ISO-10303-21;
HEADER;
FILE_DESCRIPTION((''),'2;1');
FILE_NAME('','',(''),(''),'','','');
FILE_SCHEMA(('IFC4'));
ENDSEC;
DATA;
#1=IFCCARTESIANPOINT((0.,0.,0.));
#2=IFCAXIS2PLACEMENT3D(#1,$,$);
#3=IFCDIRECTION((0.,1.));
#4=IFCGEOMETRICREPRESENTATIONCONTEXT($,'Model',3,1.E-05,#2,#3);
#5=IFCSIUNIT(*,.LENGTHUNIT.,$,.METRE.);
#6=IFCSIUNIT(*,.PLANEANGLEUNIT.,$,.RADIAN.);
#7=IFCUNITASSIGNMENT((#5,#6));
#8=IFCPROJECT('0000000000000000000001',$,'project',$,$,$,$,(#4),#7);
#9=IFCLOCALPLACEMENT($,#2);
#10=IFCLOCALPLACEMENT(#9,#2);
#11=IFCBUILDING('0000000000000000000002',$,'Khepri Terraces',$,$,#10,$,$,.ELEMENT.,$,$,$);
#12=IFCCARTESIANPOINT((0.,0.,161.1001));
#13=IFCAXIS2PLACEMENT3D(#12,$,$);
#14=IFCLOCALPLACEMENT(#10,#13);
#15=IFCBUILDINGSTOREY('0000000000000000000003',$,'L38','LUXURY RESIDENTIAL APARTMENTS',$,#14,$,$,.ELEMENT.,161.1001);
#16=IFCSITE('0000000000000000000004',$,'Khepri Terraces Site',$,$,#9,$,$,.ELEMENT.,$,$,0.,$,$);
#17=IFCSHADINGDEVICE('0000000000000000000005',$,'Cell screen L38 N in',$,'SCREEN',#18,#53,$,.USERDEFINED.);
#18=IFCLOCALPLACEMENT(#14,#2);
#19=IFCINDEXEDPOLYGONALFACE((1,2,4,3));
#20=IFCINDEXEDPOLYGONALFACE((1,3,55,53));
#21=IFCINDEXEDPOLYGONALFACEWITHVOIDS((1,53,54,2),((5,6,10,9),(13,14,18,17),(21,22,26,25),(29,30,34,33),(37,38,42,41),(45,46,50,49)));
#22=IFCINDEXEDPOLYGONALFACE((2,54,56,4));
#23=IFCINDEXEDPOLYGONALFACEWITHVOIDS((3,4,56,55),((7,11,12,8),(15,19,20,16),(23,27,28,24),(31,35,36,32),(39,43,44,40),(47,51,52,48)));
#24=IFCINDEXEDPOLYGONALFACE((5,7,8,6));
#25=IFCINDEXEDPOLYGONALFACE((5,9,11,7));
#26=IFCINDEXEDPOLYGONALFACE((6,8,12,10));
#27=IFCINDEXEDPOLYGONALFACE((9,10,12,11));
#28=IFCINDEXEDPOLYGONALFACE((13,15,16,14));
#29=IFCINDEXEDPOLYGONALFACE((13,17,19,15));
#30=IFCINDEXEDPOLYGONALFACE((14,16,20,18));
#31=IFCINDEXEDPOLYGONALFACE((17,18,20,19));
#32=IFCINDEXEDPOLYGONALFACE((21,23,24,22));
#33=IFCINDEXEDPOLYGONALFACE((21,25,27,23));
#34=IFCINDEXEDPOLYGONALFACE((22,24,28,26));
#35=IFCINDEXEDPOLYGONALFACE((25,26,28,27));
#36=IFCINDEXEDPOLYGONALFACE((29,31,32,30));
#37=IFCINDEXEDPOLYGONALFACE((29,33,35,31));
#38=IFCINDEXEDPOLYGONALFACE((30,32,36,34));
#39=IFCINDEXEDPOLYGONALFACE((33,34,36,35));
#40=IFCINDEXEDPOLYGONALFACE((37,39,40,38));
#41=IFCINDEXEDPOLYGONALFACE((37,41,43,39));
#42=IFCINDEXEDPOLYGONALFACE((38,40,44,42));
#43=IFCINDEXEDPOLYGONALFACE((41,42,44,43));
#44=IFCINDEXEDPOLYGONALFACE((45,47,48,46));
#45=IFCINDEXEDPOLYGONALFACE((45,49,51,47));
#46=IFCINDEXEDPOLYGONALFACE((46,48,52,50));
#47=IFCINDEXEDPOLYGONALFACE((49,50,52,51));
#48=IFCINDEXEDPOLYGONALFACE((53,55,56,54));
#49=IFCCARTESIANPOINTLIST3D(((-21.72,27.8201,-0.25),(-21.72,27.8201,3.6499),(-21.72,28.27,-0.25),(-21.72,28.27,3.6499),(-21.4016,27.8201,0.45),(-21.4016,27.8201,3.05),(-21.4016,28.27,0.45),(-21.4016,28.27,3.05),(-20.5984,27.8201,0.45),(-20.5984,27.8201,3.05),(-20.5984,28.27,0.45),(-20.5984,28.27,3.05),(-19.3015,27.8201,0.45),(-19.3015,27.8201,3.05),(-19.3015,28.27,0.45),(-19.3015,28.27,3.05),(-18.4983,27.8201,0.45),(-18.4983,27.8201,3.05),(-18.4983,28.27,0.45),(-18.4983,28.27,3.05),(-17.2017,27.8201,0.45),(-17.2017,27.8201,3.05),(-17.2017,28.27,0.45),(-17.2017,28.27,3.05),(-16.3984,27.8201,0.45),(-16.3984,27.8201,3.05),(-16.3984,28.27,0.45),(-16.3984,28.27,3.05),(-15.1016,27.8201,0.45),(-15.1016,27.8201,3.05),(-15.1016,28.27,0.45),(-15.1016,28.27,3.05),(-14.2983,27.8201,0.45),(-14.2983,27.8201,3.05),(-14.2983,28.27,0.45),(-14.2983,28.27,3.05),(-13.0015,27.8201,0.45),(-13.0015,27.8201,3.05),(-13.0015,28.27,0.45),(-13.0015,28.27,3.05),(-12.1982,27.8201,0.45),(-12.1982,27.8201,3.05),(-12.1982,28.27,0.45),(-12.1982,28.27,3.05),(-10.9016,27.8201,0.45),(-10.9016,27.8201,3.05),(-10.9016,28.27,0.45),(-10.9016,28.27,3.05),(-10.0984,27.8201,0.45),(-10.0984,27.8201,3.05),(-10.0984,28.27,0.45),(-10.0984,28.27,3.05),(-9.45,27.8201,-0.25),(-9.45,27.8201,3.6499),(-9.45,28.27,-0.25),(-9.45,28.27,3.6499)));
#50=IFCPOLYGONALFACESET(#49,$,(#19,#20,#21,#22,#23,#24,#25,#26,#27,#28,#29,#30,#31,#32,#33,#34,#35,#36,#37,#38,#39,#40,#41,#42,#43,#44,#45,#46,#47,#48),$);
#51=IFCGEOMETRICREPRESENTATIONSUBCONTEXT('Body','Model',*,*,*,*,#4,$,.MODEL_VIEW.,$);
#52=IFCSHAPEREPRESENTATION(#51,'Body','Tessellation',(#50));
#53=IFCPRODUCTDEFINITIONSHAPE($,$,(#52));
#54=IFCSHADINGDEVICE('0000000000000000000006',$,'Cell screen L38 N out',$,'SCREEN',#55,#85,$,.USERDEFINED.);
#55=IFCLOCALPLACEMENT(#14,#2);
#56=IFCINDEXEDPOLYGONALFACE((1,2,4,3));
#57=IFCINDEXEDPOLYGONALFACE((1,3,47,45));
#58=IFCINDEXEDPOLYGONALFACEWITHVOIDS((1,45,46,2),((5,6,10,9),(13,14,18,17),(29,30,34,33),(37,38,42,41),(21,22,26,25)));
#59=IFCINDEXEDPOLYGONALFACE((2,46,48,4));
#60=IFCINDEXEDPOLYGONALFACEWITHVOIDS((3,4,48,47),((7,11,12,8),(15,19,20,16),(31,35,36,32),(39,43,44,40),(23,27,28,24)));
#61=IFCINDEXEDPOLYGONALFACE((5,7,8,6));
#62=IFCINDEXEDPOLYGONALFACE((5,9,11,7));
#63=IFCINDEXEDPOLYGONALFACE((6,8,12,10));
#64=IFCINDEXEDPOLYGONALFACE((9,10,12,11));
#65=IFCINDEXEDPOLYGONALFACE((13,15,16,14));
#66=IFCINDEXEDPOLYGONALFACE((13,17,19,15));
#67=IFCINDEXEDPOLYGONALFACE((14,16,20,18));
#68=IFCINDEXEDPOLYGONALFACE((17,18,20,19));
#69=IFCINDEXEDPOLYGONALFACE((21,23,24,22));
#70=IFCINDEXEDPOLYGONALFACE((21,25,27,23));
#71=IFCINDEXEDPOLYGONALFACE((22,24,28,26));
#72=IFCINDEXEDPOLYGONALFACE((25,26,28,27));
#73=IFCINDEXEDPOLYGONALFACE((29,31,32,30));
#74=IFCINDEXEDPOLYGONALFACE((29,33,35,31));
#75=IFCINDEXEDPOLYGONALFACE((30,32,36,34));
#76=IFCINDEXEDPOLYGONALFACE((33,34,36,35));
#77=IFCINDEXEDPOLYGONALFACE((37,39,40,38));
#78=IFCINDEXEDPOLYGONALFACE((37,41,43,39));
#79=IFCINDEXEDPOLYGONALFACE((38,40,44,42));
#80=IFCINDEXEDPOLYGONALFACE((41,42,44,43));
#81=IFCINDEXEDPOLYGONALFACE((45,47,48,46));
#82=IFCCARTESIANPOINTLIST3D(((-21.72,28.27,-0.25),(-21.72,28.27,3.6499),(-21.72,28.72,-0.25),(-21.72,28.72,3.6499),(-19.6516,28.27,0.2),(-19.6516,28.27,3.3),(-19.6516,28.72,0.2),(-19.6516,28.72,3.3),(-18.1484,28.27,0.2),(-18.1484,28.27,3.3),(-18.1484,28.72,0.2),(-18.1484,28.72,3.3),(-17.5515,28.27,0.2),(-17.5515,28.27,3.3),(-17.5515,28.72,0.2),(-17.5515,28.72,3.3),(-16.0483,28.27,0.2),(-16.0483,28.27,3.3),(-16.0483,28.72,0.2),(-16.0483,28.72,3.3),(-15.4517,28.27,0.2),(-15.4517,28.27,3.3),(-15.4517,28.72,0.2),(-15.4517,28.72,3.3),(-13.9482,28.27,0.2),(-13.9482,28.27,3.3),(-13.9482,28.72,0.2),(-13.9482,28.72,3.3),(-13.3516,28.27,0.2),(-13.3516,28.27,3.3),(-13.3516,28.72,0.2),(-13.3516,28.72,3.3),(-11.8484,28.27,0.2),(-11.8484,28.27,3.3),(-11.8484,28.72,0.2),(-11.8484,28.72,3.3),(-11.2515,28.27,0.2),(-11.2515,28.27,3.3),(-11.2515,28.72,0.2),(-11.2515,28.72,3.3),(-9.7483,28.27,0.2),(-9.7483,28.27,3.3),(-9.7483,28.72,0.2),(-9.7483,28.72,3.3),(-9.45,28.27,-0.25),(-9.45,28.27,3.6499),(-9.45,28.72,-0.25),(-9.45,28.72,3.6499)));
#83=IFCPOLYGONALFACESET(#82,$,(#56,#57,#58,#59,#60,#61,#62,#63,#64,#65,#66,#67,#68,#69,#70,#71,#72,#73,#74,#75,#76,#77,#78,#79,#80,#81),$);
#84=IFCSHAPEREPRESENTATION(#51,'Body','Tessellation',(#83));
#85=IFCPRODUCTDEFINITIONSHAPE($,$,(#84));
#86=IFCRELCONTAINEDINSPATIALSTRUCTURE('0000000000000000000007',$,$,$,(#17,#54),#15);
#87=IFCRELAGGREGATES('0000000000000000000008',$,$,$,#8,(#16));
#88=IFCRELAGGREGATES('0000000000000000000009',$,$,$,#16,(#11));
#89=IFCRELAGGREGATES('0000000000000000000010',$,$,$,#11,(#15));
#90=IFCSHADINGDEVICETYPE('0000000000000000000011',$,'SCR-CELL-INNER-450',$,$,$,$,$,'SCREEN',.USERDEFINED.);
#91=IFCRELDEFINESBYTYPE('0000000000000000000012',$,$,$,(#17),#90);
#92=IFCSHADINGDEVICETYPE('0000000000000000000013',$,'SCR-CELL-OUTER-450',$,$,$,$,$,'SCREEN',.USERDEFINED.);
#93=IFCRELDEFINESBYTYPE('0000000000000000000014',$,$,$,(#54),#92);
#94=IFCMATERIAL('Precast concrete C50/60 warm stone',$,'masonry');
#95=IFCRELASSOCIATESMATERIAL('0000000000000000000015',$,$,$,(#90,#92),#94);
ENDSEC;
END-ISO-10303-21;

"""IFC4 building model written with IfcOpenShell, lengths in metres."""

from ifc_helpers import new_model, si_unit, direction, frame, origin, place, context, subcontext, project, spatial, polyline, outline, extrude, material, type_object, element, save


model = new_model("IFC4")

# Units and contexts
model_context = context("Model", 3, precision=1e-05, world=origin(), true_north=direction((0.0, 1.0)))
body_context = subcontext(model_context, "Body", "Model", "MODEL_VIEW")
ifc_project = project(units=[si_unit("LENGTHUNIT", "METRE"), si_unit("PLANEANGLEUNIT", "RADIAN")], contexts=[model_context])

# Site, building, storey
site_placement = place(None, origin())
site = spatial("IfcSite", under=ifc_project, at=site_placement, Name="Khepri Terraces Site", CompositionType="ELEMENT", RefElevation=0.0)
building_placement = place(site_placement, origin())
building = spatial("IfcBuilding", under=site, at=building_placement, Name="Khepri Terraces", CompositionType="ELEMENT")
storey_placement = place(building_placement, frame((0.0, 0.0, 161.1001)))
storey = spatial("IfcBuildingStorey", under=building, at=storey_placement, Name="L38", Description="LUXURY RESIDENTIAL APARTMENTS", CompositionType="ELEMENT", Elevation=161.1001)

# Shared definitions
ifc_material_1 = material(Name="Precast concrete C50/60 warm stone", Category="masonry")

# Shading devices
shading_device_type_1 = type_object("IfcShadingDeviceType", Name="SCR-CELL-INNER-450", ElementType="SCREEN", PredefinedType="USERDEFINED", material=ifc_material_1)
shading_device_1_placement = place(storey_placement, frame((-9.45, 27.8201, -0.25), z_axis=(0.0, 1.0, 0.0), x_axis=(-1.0, 0.0, 0.0)))
element("IfcShadingDevice", 1, at=shading_device_1_placement, inside=storey, type_object=shading_device_type_1, Name="Cell screen L38 N in", ObjectType="SCREEN", PredefinedType="USERDEFINED", context=body_context, shape_type="SweptSolid", body=[
    extrude(outline(polyline([(0.0, 0.0), (12.27, 0.0), (12.27, 3.8999), (0.0, 3.8999), (0.0, 0.0)]), holes=[polyline([(0.6484, 0.7), (1.4517, 0.7), (1.4517, 3.3), (0.6484, 3.3), (0.6484, 0.7)]), polyline([(2.7483, 0.7), (3.5515, 0.7), (3.5515, 3.3), (2.7483, 3.3), (2.7483, 0.7)]), polyline([(4.8484, 0.7), (5.6516, 0.7), (5.6516, 3.3), (4.8484, 3.3), (4.8484, 0.7)]), polyline([(6.9485, 0.7), (7.7517, 0.7), (7.7517, 3.3), (6.9485, 3.3), (6.9485, 0.7)]), polyline([(9.0483, 0.7), (9.8516, 0.7), (9.8516, 3.3), (9.0483, 3.3), (9.0483, 0.7)]), polyline([(11.1484, 0.7), (11.9517, 0.7), (11.9517, 3.3), (11.1484, 3.3), (11.1484, 0.7)])]), origin(), (0.0, 0.0, 1.0), 0.45),
])
shading_device_type_2 = type_object("IfcShadingDeviceType", Name="SCR-CELL-OUTER-450", ElementType="SCREEN", PredefinedType="USERDEFINED", material=ifc_material_1)
shading_device_2_placement = place(storey_placement, frame((-9.45, 28.27, -0.25), z_axis=(0.0, 1.0, 0.0), x_axis=(-1.0, 0.0, 0.0)))
element("IfcShadingDevice", 2, at=shading_device_2_placement, inside=storey, type_object=shading_device_type_2, Name="Cell screen L38 N out", ObjectType="SCREEN", PredefinedType="USERDEFINED", context=body_context, shape_type="SweptSolid", body=[
    extrude(outline(polyline([(0.0, 0.0), (12.27, 0.0), (12.27, 3.8999), (0.0, 3.8999), (0.0, 0.0)]), holes=[polyline([(0.2983, 0.45), (1.8015, 0.45), (1.8015, 3.55), (0.2983, 3.55), (0.2983, 0.45)]), polyline([(2.3984, 0.45), (3.9016, 0.45), (3.9016, 3.55), (2.3984, 3.55), (2.3984, 0.45)]), polyline([(4.4983, 0.45), (6.0017, 0.45), (6.0017, 3.55), (4.4983, 3.55), (4.4983, 0.45)]), polyline([(6.5984, 0.45), (8.1016, 0.45), (8.1016, 3.55), (6.5984, 3.55), (6.5984, 0.45)]), polyline([(8.6985, 0.45), (10.2017, 0.45), (10.2017, 3.55), (8.6985, 3.55), (8.6985, 0.45)])]), origin(), (0.0, 0.0, 1.0), 0.45),
])

save(model, "model.ifc")
